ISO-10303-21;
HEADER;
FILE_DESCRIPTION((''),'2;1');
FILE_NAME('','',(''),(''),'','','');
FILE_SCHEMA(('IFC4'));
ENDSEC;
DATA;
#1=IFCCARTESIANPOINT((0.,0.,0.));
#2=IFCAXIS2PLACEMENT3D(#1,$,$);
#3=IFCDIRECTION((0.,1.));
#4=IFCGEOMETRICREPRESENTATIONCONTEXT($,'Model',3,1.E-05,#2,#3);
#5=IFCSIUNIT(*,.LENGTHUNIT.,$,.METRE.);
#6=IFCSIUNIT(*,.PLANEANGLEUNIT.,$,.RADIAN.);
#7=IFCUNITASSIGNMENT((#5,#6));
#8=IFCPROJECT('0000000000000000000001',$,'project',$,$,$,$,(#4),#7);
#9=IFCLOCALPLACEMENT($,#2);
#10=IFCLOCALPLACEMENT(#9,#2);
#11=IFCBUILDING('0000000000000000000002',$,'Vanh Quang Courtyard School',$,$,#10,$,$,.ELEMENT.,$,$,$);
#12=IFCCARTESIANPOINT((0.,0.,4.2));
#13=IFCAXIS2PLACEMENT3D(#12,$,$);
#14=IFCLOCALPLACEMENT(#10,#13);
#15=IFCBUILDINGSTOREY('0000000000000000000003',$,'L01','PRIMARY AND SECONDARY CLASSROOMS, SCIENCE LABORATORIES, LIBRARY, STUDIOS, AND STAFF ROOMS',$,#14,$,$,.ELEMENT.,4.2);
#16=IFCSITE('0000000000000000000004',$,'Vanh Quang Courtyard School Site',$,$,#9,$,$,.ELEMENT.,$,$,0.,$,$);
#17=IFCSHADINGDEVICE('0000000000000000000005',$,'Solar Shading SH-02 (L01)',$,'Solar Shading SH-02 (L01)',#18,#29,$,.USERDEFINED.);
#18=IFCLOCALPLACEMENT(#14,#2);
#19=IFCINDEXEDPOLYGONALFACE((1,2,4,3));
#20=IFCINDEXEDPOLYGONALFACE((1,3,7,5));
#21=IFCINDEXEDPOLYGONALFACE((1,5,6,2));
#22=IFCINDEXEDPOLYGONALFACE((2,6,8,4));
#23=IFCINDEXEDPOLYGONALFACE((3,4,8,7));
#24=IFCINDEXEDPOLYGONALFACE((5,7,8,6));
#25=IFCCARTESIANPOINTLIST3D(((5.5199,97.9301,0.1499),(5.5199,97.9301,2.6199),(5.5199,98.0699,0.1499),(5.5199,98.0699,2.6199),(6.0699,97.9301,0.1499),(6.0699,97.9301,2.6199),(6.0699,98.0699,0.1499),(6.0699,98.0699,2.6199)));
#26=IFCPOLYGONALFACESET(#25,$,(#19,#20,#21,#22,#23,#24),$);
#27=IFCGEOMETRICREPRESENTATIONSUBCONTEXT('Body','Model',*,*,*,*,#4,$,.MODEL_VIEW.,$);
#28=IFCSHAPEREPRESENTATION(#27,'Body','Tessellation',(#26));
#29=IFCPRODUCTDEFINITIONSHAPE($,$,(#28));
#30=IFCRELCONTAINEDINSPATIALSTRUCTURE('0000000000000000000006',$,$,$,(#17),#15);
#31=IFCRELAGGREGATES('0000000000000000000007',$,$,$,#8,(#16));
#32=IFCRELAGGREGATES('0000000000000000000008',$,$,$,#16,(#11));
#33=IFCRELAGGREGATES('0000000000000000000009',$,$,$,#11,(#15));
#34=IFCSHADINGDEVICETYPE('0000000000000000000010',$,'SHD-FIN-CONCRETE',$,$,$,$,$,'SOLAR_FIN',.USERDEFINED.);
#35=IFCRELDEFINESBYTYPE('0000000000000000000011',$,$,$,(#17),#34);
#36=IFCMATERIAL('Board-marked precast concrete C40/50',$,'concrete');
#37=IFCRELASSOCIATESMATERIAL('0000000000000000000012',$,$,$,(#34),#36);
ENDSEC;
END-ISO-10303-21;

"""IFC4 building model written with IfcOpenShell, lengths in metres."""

from ifc_helpers import new_model, si_unit, direction, frame, origin, origin_2d, place, context, subcontext, project, spatial, rectangle, extrude, material, type_object, element, save


model = new_model("IFC4")

# Units and contexts
model_context = context("Model", 3, precision=1e-05, world=origin(), true_north=direction((0.0, 1.0)))
body_context = subcontext(model_context, "Body", "Model", "MODEL_VIEW")
ifc_project = project(units=[si_unit("LENGTHUNIT", "METRE"), si_unit("PLANEANGLEUNIT", "RADIAN")], contexts=[model_context])

# Site, building, storey
site_placement = place(None, origin())
site = spatial("IfcSite", under=ifc_project, at=site_placement, Name="Vanh Quang Courtyard School Site", CompositionType="ELEMENT", RefElevation=0.0)
building_placement = place(site_placement, origin())
building = spatial("IfcBuilding", under=site, at=building_placement, Name="Vanh Quang Courtyard School", CompositionType="ELEMENT")
storey_placement = place(building_placement, frame((0.0, 0.0, 4.2)))
storey = spatial("IfcBuildingStorey", under=building, at=storey_placement, Name="L01", Description="PRIMARY AND SECONDARY CLASSROOMS, SCIENCE LABORATORIES, LIBRARY, STUDIOS, AND STAFF ROOMS", CompositionType="ELEMENT", Elevation=4.2)

# Shared definitions
ifc_material_1 = material(Name="Board-marked precast concrete C40/50", Category="concrete")

# Shading device
shading_device_type = type_object("IfcShadingDeviceType", Name="SHD-FIN-CONCRETE", ElementType="SOLAR_FIN", PredefinedType="USERDEFINED", material=ifc_material_1)
shading_device_placement = place(storey_placement, frame((5.7949, 98.0, 0.1499), z_axis=(0.0, 0.0, 1.0), x_axis=(0.0, -1.0, 0.0)))
element("IfcShadingDevice", 1, at=shading_device_placement, inside=storey, type_object=shading_device_type, Name="Solar Shading SH-02 (L01)", ObjectType="Solar Shading SH-02 (L01)", PredefinedType="USERDEFINED", context=body_context, shape_type="SweptSolid", body=[
    extrude(rectangle(XDim=0.1399, YDim=0.55, at=origin_2d()), origin(), (0.0, 0.0, 1.0), 2.47),
])

save(model, "model.ifc")
